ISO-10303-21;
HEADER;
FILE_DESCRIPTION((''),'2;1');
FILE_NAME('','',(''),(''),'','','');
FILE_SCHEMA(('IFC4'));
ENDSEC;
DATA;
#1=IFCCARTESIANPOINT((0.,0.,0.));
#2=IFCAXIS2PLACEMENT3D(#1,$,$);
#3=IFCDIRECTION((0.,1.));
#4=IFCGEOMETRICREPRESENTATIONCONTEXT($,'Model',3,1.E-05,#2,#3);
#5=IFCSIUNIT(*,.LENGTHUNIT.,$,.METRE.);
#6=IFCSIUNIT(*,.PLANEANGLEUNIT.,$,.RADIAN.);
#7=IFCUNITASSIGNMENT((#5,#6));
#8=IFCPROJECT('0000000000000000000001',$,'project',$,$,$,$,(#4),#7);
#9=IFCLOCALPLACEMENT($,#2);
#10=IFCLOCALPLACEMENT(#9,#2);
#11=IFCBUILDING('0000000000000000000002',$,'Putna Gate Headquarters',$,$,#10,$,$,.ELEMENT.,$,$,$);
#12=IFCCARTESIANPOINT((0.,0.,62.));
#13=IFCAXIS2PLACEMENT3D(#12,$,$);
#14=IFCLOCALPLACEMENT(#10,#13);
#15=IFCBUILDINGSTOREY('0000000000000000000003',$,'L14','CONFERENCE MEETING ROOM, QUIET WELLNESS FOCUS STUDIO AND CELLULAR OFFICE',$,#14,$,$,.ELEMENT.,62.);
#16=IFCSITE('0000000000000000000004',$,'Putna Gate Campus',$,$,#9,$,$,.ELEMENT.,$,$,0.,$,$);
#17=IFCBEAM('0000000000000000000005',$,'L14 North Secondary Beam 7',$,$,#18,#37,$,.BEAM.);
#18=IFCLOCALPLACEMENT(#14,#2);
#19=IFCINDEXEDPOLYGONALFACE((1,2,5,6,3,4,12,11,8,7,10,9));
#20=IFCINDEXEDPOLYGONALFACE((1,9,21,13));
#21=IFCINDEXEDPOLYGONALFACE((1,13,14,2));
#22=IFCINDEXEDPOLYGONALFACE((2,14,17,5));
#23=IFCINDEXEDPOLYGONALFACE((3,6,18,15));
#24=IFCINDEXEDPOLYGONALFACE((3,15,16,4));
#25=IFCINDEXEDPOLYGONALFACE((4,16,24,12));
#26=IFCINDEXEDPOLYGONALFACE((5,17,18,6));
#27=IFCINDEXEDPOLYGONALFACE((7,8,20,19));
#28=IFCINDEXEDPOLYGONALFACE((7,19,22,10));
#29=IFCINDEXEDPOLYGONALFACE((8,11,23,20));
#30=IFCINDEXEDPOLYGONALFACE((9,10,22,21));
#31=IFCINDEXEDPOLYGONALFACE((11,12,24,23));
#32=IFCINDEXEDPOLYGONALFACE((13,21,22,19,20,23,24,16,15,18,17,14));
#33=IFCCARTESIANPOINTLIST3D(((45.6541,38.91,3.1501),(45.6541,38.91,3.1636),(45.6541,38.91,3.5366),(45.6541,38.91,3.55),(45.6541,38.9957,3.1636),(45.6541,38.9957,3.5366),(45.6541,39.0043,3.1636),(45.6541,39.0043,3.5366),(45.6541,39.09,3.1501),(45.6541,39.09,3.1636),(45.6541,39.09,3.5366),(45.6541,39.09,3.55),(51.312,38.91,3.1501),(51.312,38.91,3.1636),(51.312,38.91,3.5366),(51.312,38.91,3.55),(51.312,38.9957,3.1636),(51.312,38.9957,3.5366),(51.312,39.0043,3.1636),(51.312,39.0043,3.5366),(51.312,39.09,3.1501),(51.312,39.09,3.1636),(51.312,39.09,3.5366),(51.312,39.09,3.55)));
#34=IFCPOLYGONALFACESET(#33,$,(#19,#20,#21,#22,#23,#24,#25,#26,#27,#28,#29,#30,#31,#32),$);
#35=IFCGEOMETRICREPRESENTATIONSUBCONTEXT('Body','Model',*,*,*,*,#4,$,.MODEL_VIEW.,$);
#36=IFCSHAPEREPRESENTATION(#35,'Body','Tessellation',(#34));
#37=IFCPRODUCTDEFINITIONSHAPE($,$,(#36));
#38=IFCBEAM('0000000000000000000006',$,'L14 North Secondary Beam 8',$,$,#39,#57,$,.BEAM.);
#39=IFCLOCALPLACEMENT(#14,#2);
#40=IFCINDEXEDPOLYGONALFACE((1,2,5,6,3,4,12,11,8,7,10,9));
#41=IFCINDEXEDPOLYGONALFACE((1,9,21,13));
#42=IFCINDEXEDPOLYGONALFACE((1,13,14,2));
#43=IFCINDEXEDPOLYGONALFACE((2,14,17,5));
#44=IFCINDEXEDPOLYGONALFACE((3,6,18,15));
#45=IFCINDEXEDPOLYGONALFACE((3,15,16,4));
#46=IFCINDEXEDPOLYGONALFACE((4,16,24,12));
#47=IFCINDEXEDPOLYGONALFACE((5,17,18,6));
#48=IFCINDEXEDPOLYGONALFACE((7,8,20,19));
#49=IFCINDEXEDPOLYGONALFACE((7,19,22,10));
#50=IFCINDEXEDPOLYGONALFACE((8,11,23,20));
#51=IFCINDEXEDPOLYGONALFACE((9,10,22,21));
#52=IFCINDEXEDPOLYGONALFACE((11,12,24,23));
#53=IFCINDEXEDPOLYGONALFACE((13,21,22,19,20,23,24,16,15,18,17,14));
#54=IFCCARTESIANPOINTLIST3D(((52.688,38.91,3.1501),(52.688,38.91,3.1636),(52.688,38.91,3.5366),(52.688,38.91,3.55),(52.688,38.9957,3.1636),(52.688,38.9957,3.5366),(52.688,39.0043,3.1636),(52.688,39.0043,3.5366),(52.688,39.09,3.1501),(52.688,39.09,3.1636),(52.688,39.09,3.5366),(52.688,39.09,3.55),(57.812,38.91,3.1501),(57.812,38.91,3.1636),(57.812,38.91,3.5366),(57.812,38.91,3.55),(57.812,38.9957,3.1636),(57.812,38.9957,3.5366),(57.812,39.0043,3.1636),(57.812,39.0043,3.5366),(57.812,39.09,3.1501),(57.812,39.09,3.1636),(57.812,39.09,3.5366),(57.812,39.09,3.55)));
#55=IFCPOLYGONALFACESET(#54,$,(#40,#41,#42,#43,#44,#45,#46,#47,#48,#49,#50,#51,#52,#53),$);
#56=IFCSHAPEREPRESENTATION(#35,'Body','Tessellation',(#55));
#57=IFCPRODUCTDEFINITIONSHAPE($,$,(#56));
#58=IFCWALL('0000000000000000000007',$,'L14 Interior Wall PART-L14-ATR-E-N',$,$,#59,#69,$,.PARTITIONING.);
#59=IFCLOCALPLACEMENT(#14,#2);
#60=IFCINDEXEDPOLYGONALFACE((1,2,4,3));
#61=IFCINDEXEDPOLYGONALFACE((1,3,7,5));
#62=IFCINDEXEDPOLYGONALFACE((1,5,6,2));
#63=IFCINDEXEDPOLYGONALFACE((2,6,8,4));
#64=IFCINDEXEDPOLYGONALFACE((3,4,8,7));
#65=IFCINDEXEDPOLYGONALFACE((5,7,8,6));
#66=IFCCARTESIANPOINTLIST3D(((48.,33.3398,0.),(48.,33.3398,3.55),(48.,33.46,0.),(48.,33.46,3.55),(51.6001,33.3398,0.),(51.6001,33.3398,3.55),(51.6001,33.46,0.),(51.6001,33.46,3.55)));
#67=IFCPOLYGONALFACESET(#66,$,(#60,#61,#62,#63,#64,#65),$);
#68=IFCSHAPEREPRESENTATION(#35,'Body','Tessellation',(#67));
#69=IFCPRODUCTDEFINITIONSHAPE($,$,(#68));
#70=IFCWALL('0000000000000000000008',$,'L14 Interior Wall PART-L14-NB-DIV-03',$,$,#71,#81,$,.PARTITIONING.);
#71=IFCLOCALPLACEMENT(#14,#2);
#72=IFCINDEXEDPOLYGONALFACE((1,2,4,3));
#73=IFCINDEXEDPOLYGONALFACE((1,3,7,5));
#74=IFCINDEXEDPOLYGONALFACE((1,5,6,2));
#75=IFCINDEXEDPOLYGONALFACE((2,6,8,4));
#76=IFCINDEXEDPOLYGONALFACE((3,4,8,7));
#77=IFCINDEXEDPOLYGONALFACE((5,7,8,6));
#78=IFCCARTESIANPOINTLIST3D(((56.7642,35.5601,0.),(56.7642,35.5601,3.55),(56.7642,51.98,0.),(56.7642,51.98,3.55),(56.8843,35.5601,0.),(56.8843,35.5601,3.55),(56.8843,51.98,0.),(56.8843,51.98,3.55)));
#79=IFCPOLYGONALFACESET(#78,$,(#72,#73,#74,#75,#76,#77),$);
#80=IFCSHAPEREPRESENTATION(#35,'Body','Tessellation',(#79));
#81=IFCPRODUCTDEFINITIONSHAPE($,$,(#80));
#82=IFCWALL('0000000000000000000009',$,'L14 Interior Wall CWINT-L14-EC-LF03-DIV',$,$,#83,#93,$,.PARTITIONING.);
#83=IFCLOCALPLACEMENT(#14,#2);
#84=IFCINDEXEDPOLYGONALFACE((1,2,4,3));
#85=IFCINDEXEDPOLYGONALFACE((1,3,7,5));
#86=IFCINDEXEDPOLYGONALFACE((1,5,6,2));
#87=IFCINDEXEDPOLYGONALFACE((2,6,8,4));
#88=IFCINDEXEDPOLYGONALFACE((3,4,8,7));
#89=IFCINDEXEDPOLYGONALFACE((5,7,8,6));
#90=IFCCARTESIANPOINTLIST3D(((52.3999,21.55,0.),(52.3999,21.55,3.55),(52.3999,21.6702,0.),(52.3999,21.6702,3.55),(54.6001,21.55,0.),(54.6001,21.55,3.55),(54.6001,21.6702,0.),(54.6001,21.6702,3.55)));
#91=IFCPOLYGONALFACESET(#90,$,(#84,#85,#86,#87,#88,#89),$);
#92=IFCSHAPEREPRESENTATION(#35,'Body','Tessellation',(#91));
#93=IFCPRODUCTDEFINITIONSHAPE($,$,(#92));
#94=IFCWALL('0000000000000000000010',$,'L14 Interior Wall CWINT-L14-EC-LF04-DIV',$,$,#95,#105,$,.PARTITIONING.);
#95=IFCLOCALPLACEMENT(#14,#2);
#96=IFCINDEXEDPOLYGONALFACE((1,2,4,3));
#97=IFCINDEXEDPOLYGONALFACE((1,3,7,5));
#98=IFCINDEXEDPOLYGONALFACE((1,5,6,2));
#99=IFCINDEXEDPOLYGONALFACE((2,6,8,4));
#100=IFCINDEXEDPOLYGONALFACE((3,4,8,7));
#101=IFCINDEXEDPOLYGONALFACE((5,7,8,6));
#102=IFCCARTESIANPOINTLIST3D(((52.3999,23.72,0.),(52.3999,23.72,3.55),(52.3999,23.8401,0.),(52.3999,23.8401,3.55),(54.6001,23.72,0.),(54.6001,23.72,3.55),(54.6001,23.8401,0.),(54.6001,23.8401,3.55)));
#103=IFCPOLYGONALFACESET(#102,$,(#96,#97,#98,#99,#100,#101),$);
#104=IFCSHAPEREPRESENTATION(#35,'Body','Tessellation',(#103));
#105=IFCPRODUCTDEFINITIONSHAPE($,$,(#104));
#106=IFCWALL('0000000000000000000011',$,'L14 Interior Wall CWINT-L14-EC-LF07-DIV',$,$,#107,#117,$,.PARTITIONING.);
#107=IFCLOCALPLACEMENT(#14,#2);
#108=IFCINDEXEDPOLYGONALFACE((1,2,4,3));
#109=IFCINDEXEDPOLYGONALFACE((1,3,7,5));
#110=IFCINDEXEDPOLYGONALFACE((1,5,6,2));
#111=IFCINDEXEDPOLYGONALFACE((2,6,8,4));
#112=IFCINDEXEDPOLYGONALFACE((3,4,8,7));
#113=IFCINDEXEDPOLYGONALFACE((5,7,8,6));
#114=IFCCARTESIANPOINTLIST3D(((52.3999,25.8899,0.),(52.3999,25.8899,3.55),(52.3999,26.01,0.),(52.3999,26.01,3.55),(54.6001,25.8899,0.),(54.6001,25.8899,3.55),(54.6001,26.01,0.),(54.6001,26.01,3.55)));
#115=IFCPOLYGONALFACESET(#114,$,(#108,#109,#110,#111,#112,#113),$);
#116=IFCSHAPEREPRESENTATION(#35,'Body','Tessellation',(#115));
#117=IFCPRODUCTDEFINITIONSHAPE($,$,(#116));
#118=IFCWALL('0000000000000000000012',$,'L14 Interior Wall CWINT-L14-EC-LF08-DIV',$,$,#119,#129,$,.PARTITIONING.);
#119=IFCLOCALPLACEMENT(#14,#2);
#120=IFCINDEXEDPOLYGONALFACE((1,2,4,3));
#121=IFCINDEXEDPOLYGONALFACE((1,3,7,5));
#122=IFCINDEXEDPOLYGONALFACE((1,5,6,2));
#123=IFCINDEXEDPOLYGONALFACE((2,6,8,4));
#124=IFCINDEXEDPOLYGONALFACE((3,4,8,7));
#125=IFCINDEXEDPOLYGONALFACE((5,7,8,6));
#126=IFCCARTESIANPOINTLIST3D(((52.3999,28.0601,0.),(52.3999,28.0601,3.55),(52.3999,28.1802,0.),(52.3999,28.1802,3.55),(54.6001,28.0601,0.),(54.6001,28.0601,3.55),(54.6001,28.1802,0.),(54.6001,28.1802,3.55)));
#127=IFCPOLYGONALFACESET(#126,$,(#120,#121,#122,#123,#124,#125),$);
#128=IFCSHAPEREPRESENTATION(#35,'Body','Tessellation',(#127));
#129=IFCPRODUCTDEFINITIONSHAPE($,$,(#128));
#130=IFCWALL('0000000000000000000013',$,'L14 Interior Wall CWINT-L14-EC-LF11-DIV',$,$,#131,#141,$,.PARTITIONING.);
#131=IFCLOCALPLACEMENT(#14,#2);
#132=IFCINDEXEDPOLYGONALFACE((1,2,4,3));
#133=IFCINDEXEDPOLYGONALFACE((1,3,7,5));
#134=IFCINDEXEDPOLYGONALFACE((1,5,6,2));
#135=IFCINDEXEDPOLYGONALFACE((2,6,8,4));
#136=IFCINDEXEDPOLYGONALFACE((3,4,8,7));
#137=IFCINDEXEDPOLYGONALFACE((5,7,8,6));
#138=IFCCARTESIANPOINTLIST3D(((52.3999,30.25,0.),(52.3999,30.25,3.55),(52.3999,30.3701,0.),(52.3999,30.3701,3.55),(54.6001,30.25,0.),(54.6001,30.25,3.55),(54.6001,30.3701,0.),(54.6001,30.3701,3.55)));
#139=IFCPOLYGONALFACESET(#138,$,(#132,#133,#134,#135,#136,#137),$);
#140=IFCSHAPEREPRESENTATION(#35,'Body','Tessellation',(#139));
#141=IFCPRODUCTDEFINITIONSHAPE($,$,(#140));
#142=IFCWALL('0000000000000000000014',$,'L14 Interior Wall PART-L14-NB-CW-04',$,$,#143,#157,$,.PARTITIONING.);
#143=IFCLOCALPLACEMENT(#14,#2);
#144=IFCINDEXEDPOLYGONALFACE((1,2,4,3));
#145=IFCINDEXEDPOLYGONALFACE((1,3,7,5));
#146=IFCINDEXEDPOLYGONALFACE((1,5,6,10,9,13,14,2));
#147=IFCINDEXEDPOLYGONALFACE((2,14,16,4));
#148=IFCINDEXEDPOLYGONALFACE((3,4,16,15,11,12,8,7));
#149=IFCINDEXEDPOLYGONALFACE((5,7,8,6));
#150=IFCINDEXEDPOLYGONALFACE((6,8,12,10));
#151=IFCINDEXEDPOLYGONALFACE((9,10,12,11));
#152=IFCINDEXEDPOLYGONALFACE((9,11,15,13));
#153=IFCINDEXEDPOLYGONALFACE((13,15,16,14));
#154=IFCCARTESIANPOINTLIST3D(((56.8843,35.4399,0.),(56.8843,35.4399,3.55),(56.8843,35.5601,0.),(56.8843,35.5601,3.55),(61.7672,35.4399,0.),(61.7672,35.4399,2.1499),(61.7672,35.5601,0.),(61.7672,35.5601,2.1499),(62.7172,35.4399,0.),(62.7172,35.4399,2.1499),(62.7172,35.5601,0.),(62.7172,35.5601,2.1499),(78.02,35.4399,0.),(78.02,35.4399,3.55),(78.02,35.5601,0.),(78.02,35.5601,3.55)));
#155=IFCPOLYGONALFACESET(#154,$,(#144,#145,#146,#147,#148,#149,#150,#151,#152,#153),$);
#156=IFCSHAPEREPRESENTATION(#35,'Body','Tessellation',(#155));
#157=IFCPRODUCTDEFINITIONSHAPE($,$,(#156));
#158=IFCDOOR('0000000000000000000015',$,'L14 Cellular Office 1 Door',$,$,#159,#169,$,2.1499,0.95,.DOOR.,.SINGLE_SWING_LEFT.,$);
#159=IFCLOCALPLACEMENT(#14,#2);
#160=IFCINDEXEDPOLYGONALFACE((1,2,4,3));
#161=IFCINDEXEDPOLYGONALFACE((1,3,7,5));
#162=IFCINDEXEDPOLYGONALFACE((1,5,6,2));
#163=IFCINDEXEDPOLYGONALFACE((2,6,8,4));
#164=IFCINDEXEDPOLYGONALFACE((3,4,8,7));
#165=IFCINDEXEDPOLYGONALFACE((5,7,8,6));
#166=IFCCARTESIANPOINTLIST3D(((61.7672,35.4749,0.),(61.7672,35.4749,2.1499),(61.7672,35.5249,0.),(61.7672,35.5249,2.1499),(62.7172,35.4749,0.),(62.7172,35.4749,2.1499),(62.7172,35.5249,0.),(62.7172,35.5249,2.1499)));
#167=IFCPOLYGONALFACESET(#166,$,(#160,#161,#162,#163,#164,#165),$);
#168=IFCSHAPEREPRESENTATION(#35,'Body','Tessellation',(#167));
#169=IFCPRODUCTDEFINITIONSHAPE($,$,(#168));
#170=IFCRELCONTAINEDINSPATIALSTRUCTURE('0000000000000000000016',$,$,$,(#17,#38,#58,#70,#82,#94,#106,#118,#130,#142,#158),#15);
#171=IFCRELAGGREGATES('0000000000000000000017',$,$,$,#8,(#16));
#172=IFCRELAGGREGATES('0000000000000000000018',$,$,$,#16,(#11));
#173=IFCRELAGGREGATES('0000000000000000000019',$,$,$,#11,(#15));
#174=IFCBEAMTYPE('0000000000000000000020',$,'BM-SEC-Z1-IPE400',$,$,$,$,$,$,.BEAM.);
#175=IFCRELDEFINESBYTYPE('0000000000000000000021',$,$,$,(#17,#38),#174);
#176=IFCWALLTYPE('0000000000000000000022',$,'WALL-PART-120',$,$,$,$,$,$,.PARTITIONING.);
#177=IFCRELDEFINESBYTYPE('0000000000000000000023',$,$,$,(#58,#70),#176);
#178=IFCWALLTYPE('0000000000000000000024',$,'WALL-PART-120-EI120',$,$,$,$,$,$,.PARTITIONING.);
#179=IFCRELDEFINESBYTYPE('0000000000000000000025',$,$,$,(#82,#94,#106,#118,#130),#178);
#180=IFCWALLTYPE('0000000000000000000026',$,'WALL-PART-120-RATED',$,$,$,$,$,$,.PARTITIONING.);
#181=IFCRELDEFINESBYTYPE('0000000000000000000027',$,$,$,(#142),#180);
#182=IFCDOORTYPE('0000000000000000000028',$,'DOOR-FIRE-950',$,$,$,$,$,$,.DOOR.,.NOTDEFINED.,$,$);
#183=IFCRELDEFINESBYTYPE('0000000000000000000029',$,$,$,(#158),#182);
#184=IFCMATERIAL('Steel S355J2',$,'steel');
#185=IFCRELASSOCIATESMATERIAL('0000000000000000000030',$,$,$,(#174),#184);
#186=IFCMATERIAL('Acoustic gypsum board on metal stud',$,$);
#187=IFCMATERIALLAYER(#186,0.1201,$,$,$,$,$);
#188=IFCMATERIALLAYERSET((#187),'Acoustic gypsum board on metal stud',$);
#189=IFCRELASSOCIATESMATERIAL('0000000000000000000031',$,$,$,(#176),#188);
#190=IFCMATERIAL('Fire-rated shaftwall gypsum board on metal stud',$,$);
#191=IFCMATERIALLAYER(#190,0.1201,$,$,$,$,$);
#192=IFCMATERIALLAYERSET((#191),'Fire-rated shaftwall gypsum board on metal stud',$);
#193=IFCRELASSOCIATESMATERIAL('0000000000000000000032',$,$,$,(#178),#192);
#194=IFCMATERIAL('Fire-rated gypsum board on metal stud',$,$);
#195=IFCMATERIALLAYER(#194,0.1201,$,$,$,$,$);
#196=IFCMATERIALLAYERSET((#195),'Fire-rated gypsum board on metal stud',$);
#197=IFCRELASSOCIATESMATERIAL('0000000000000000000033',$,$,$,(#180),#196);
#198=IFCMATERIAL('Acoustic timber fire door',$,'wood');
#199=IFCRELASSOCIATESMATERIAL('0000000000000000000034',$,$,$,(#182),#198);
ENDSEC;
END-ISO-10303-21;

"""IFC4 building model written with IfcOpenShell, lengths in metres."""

from ifc_helpers import new_model, si_unit, direction, frame, frame_2d, origin, origin_2d, place, context, subcontext, project, spatial, rectangle, i_section, extrude, material, layer, layer_set, material_profile, profile_set, type_object, element, fill, save


model = new_model("IFC4")

# Units and contexts
model_context = context("Model", 3, precision=1e-05, world=origin(), true_north=direction((0.0, 1.0)))
body_context = subcontext(model_context, "Body", "Model", "MODEL_VIEW")
ifc_project = project(units=[si_unit("LENGTHUNIT", "METRE"), si_unit("PLANEANGLEUNIT", "RADIAN")], contexts=[model_context])

# Site, building, storey
site_placement = place(None, origin())
site = spatial("IfcSite", under=ifc_project, at=site_placement, Name="Putna Gate Campus", CompositionType="ELEMENT", RefElevation=0.0)
building_placement = place(site_placement, origin())
building = spatial("IfcBuilding", under=site, at=building_placement, Name="Putna Gate Headquarters", CompositionType="ELEMENT")
storey_placement = place(building_placement, frame((0.0, 0.0, 62.0)))
storey = spatial("IfcBuildingStorey", under=building, at=storey_placement, Name="L14", Description="CONFERENCE MEETING ROOM, QUIET WELLNESS FOCUS STUDIO AND CELLULAR OFFICE", CompositionType="ELEMENT", Elevation=62.0)

# Beams
ifc_material_1 = material(Name="Steel S355J2", Category="steel")
ifc_material_profile_1 = material_profile(ifc_material_1, i_section(OverallWidth=0.1799, OverallDepth=0.3999, WebThickness=0.0085, FlangeThickness=0.0134, at=origin_2d()), Name="Steel S355J2")
ifc_profile_set_1 = profile_set([ifc_material_profile_1], Name="Steel S355J2")
beam_type_1 = type_object("IfcBeamType", Name="BM-SEC-Z1-IPE400", PredefinedType="BEAM", material=ifc_profile_set_1)
beam_1_placement = place(storey_placement, frame((45.6541, 39.0, 3.3501), z_axis=(1.0, 0.0, 0.0), x_axis=(0.0, 1.0, 0.0)))
element("IfcBeam", 1, at=beam_1_placement, inside=storey, type_object=beam_type_1, Name="L14 North Secondary Beam 7", PredefinedType="BEAM", context=body_context, shape_type="SweptSolid", body=[
    extrude(i_section(OverallWidth=0.1799, OverallDepth=0.3999, WebThickness=0.0085, FlangeThickness=0.0134, at=origin_2d()), origin(), (0.0, 0.0, 1.0), 5.658),
])
beam_2_placement = place(storey_placement, frame((52.688, 39.0, 3.3501), z_axis=(1.0, 0.0, 0.0), x_axis=(0.0, 1.0, 0.0)))
element("IfcBeam", 2, at=beam_2_placement, inside=storey, type_object=beam_type_1, Name="L14 North Secondary Beam 8", PredefinedType="BEAM", context=body_context, shape_type="SweptSolid", body=[
    extrude(i_section(OverallWidth=0.1799, OverallDepth=0.3999, WebThickness=0.0085, FlangeThickness=0.0134, at=origin_2d()), origin(), (0.0, 0.0, 1.0), 5.124),
])

# Walls
ifc_material_2 = material(Name="Acoustic gypsum board on metal stud")
ifc_layer_1 = layer(ifc_material_2, 0.1201)
ifc_layer_set_1 = layer_set([ifc_layer_1], Name="Acoustic gypsum board on metal stud")
wall_type_1 = type_object("IfcWallType", Name="WALL-PART-120", PredefinedType="PARTITIONING", material=ifc_layer_set_1)
wall_1_placement = place(storey_placement, frame((48.0, 33.3999, 0.0), z_axis=(0.0, 0.0, 1.0), x_axis=(1.0, 0.0, 0.0)))
element("IfcWall", 3, at=wall_1_placement, inside=storey, type_object=wall_type_1, Name="L14 Interior Wall PART-L14-ATR-E-N", PredefinedType="PARTITIONING", context=body_context, shape_type="SweptSolid", body=[
    extrude(rectangle(XDim=3.6001, YDim=0.1201, at=frame_2d((1.8, 0.0))), origin(), (0.0, 0.0, 1.0), 3.55),
])
wall_2_placement = place(storey_placement, frame((56.8242, 35.5601, 0.0), z_axis=(0.0, 0.0, 1.0), x_axis=(0.0, 1.0, 0.0)))
element("IfcWall", 4, at=wall_2_placement, inside=storey, type_object=wall_type_1, Name="L14 Interior Wall PART-L14-NB-DIV-03", PredefinedType="PARTITIONING", context=body_context, shape_type="SweptSolid", body=[
    extrude(rectangle(XDim=16.4199, YDim=0.1201, at=frame_2d((8.21, 0.0))), origin(), (0.0, 0.0, 1.0), 3.55),
])
ifc_material_3 = material(Name="Fire-rated shaftwall gypsum board on metal stud")
ifc_layer_2 = layer(ifc_material_3, 0.1201)
ifc_layer_set_2 = layer_set([ifc_layer_2], Name="Fire-rated shaftwall gypsum board on metal stud")
wall_type_2 = type_object("IfcWallType", Name="WALL-PART-120-EI120", PredefinedType="PARTITIONING", material=ifc_layer_set_2)
for number, where, z_axis, x_axis, name in (
    (5, (52.3999, 21.6101, 0.0), (0.0, 0.0, 1.0), (1.0, 0.0, 0.0), "L14 Interior Wall CWINT-L14-EC-LF03-DIV"),
    (6, (52.3999, 23.78, 0.0), (0.0, 0.0, 1.0), (1.0, 0.0, 0.0), "L14 Interior Wall CWINT-L14-EC-LF04-DIV"),
    (7, (52.3999, 25.95, 0.0), (0.0, 0.0, 1.0), (1.0, 0.0, 0.0), "L14 Interior Wall CWINT-L14-EC-LF07-DIV"),
    (8, (52.3999, 28.1201, 0.0), (0.0, 0.0, 1.0), (1.0, 0.0, 0.0), "L14 Interior Wall CWINT-L14-EC-LF08-DIV"),
    (9, (52.3999, 30.3101, 0.0), (0.0, 0.0, 1.0), (1.0, 0.0, 0.0), "L14 Interior Wall CWINT-L14-EC-LF11-DIV"),
):
    element("IfcWall", number, at=place(storey_placement, frame(where, z_axis=z_axis, x_axis=x_axis)), inside=storey, type_object=wall_type_2, Name=name, PredefinedType="PARTITIONING", context=body_context, shape_type="SweptSolid", body=[
        extrude(rectangle(XDim=2.2002, YDim=0.1201, at=frame_2d((1.1001, 0.0))), origin(), (0.0, 0.0, 1.0), 3.55),
    ])

# Wall, opening, door
ifc_material_4 = material(Name="Fire-rated gypsum board on metal stud")
ifc_layer_3 = layer(ifc_material_4, 0.1201)
ifc_layer_set_3 = layer_set([ifc_layer_3], Name="Fire-rated gypsum board on metal stud")
wall_type_3 = type_object("IfcWallType", Name="WALL-PART-120-RATED", PredefinedType="PARTITIONING", material=ifc_layer_set_3)
wall_3_placement = place(storey_placement, frame((56.8843, 35.5, 0.0), z_axis=(0.0, 0.0, 1.0), x_axis=(1.0, 0.0, 0.0)))
wall_3 = element("IfcWall", 10, at=wall_3_placement, inside=storey, type_object=wall_type_3, Name="L14 Interior Wall PART-L14-NB-CW-04", PredefinedType="PARTITIONING", context=body_context, shape_type="SweptSolid", body=[
    extrude(rectangle(XDim=21.1357, YDim=0.1201, at=frame_2d((10.5679, 0.0))), origin(), (0.0, 0.0, 1.0), 3.55),
])
opening_1_placement = place(wall_3_placement, frame((4.8828, 0.0, 0.0)))
opening_1 = element("IfcOpeningElement", 11, at=opening_1_placement, cuts=wall_3, PredefinedType="OPENING", context=body_context, shape_type="SweptSolid", body=[
    extrude(rectangle(XDim=0.95, YDim=2.1499, at=frame_2d((0.4751, 1.075))), frame((0.0, 0.0701, 0.0), z_axis=(0.0, -1.0, 0.0), x_axis=(1.0, 0.0, 0.0)), (0.0, 0.0, 1.0), 0.1401),
])
ifc_material_5 = material(Name="Acoustic timber fire door", Category="wood")
door_type_1 = type_object("IfcDoorType", Name="DOOR-FIRE-950", OperationType="NOTDEFINED", PredefinedType="DOOR", material=ifc_material_5)
door_1_placement = place(opening_1_placement, origin())
door_1 = element("IfcDoor", 12, at=door_1_placement, inside=storey, type_object=door_type_1, Name="L14 Cellular Office 1 Door", OperationType="SINGLE_SWING_LEFT", OverallHeight=2.1499, OverallWidth=0.95, PredefinedType="DOOR", context=body_context, shape_type="SweptSolid", body=[
    extrude(rectangle(XDim=0.95, YDim=2.1499, at=frame_2d((0.4751, 1.075))), frame((0.0, 0.0249, 0.0), z_axis=(0.0, -1.0, 0.0), x_axis=(1.0, 0.0, 0.0)), (0.0, 0.0, 1.0), 0.05),
])
fill(opening_1, door_1)

save(model, "model.ifc")
